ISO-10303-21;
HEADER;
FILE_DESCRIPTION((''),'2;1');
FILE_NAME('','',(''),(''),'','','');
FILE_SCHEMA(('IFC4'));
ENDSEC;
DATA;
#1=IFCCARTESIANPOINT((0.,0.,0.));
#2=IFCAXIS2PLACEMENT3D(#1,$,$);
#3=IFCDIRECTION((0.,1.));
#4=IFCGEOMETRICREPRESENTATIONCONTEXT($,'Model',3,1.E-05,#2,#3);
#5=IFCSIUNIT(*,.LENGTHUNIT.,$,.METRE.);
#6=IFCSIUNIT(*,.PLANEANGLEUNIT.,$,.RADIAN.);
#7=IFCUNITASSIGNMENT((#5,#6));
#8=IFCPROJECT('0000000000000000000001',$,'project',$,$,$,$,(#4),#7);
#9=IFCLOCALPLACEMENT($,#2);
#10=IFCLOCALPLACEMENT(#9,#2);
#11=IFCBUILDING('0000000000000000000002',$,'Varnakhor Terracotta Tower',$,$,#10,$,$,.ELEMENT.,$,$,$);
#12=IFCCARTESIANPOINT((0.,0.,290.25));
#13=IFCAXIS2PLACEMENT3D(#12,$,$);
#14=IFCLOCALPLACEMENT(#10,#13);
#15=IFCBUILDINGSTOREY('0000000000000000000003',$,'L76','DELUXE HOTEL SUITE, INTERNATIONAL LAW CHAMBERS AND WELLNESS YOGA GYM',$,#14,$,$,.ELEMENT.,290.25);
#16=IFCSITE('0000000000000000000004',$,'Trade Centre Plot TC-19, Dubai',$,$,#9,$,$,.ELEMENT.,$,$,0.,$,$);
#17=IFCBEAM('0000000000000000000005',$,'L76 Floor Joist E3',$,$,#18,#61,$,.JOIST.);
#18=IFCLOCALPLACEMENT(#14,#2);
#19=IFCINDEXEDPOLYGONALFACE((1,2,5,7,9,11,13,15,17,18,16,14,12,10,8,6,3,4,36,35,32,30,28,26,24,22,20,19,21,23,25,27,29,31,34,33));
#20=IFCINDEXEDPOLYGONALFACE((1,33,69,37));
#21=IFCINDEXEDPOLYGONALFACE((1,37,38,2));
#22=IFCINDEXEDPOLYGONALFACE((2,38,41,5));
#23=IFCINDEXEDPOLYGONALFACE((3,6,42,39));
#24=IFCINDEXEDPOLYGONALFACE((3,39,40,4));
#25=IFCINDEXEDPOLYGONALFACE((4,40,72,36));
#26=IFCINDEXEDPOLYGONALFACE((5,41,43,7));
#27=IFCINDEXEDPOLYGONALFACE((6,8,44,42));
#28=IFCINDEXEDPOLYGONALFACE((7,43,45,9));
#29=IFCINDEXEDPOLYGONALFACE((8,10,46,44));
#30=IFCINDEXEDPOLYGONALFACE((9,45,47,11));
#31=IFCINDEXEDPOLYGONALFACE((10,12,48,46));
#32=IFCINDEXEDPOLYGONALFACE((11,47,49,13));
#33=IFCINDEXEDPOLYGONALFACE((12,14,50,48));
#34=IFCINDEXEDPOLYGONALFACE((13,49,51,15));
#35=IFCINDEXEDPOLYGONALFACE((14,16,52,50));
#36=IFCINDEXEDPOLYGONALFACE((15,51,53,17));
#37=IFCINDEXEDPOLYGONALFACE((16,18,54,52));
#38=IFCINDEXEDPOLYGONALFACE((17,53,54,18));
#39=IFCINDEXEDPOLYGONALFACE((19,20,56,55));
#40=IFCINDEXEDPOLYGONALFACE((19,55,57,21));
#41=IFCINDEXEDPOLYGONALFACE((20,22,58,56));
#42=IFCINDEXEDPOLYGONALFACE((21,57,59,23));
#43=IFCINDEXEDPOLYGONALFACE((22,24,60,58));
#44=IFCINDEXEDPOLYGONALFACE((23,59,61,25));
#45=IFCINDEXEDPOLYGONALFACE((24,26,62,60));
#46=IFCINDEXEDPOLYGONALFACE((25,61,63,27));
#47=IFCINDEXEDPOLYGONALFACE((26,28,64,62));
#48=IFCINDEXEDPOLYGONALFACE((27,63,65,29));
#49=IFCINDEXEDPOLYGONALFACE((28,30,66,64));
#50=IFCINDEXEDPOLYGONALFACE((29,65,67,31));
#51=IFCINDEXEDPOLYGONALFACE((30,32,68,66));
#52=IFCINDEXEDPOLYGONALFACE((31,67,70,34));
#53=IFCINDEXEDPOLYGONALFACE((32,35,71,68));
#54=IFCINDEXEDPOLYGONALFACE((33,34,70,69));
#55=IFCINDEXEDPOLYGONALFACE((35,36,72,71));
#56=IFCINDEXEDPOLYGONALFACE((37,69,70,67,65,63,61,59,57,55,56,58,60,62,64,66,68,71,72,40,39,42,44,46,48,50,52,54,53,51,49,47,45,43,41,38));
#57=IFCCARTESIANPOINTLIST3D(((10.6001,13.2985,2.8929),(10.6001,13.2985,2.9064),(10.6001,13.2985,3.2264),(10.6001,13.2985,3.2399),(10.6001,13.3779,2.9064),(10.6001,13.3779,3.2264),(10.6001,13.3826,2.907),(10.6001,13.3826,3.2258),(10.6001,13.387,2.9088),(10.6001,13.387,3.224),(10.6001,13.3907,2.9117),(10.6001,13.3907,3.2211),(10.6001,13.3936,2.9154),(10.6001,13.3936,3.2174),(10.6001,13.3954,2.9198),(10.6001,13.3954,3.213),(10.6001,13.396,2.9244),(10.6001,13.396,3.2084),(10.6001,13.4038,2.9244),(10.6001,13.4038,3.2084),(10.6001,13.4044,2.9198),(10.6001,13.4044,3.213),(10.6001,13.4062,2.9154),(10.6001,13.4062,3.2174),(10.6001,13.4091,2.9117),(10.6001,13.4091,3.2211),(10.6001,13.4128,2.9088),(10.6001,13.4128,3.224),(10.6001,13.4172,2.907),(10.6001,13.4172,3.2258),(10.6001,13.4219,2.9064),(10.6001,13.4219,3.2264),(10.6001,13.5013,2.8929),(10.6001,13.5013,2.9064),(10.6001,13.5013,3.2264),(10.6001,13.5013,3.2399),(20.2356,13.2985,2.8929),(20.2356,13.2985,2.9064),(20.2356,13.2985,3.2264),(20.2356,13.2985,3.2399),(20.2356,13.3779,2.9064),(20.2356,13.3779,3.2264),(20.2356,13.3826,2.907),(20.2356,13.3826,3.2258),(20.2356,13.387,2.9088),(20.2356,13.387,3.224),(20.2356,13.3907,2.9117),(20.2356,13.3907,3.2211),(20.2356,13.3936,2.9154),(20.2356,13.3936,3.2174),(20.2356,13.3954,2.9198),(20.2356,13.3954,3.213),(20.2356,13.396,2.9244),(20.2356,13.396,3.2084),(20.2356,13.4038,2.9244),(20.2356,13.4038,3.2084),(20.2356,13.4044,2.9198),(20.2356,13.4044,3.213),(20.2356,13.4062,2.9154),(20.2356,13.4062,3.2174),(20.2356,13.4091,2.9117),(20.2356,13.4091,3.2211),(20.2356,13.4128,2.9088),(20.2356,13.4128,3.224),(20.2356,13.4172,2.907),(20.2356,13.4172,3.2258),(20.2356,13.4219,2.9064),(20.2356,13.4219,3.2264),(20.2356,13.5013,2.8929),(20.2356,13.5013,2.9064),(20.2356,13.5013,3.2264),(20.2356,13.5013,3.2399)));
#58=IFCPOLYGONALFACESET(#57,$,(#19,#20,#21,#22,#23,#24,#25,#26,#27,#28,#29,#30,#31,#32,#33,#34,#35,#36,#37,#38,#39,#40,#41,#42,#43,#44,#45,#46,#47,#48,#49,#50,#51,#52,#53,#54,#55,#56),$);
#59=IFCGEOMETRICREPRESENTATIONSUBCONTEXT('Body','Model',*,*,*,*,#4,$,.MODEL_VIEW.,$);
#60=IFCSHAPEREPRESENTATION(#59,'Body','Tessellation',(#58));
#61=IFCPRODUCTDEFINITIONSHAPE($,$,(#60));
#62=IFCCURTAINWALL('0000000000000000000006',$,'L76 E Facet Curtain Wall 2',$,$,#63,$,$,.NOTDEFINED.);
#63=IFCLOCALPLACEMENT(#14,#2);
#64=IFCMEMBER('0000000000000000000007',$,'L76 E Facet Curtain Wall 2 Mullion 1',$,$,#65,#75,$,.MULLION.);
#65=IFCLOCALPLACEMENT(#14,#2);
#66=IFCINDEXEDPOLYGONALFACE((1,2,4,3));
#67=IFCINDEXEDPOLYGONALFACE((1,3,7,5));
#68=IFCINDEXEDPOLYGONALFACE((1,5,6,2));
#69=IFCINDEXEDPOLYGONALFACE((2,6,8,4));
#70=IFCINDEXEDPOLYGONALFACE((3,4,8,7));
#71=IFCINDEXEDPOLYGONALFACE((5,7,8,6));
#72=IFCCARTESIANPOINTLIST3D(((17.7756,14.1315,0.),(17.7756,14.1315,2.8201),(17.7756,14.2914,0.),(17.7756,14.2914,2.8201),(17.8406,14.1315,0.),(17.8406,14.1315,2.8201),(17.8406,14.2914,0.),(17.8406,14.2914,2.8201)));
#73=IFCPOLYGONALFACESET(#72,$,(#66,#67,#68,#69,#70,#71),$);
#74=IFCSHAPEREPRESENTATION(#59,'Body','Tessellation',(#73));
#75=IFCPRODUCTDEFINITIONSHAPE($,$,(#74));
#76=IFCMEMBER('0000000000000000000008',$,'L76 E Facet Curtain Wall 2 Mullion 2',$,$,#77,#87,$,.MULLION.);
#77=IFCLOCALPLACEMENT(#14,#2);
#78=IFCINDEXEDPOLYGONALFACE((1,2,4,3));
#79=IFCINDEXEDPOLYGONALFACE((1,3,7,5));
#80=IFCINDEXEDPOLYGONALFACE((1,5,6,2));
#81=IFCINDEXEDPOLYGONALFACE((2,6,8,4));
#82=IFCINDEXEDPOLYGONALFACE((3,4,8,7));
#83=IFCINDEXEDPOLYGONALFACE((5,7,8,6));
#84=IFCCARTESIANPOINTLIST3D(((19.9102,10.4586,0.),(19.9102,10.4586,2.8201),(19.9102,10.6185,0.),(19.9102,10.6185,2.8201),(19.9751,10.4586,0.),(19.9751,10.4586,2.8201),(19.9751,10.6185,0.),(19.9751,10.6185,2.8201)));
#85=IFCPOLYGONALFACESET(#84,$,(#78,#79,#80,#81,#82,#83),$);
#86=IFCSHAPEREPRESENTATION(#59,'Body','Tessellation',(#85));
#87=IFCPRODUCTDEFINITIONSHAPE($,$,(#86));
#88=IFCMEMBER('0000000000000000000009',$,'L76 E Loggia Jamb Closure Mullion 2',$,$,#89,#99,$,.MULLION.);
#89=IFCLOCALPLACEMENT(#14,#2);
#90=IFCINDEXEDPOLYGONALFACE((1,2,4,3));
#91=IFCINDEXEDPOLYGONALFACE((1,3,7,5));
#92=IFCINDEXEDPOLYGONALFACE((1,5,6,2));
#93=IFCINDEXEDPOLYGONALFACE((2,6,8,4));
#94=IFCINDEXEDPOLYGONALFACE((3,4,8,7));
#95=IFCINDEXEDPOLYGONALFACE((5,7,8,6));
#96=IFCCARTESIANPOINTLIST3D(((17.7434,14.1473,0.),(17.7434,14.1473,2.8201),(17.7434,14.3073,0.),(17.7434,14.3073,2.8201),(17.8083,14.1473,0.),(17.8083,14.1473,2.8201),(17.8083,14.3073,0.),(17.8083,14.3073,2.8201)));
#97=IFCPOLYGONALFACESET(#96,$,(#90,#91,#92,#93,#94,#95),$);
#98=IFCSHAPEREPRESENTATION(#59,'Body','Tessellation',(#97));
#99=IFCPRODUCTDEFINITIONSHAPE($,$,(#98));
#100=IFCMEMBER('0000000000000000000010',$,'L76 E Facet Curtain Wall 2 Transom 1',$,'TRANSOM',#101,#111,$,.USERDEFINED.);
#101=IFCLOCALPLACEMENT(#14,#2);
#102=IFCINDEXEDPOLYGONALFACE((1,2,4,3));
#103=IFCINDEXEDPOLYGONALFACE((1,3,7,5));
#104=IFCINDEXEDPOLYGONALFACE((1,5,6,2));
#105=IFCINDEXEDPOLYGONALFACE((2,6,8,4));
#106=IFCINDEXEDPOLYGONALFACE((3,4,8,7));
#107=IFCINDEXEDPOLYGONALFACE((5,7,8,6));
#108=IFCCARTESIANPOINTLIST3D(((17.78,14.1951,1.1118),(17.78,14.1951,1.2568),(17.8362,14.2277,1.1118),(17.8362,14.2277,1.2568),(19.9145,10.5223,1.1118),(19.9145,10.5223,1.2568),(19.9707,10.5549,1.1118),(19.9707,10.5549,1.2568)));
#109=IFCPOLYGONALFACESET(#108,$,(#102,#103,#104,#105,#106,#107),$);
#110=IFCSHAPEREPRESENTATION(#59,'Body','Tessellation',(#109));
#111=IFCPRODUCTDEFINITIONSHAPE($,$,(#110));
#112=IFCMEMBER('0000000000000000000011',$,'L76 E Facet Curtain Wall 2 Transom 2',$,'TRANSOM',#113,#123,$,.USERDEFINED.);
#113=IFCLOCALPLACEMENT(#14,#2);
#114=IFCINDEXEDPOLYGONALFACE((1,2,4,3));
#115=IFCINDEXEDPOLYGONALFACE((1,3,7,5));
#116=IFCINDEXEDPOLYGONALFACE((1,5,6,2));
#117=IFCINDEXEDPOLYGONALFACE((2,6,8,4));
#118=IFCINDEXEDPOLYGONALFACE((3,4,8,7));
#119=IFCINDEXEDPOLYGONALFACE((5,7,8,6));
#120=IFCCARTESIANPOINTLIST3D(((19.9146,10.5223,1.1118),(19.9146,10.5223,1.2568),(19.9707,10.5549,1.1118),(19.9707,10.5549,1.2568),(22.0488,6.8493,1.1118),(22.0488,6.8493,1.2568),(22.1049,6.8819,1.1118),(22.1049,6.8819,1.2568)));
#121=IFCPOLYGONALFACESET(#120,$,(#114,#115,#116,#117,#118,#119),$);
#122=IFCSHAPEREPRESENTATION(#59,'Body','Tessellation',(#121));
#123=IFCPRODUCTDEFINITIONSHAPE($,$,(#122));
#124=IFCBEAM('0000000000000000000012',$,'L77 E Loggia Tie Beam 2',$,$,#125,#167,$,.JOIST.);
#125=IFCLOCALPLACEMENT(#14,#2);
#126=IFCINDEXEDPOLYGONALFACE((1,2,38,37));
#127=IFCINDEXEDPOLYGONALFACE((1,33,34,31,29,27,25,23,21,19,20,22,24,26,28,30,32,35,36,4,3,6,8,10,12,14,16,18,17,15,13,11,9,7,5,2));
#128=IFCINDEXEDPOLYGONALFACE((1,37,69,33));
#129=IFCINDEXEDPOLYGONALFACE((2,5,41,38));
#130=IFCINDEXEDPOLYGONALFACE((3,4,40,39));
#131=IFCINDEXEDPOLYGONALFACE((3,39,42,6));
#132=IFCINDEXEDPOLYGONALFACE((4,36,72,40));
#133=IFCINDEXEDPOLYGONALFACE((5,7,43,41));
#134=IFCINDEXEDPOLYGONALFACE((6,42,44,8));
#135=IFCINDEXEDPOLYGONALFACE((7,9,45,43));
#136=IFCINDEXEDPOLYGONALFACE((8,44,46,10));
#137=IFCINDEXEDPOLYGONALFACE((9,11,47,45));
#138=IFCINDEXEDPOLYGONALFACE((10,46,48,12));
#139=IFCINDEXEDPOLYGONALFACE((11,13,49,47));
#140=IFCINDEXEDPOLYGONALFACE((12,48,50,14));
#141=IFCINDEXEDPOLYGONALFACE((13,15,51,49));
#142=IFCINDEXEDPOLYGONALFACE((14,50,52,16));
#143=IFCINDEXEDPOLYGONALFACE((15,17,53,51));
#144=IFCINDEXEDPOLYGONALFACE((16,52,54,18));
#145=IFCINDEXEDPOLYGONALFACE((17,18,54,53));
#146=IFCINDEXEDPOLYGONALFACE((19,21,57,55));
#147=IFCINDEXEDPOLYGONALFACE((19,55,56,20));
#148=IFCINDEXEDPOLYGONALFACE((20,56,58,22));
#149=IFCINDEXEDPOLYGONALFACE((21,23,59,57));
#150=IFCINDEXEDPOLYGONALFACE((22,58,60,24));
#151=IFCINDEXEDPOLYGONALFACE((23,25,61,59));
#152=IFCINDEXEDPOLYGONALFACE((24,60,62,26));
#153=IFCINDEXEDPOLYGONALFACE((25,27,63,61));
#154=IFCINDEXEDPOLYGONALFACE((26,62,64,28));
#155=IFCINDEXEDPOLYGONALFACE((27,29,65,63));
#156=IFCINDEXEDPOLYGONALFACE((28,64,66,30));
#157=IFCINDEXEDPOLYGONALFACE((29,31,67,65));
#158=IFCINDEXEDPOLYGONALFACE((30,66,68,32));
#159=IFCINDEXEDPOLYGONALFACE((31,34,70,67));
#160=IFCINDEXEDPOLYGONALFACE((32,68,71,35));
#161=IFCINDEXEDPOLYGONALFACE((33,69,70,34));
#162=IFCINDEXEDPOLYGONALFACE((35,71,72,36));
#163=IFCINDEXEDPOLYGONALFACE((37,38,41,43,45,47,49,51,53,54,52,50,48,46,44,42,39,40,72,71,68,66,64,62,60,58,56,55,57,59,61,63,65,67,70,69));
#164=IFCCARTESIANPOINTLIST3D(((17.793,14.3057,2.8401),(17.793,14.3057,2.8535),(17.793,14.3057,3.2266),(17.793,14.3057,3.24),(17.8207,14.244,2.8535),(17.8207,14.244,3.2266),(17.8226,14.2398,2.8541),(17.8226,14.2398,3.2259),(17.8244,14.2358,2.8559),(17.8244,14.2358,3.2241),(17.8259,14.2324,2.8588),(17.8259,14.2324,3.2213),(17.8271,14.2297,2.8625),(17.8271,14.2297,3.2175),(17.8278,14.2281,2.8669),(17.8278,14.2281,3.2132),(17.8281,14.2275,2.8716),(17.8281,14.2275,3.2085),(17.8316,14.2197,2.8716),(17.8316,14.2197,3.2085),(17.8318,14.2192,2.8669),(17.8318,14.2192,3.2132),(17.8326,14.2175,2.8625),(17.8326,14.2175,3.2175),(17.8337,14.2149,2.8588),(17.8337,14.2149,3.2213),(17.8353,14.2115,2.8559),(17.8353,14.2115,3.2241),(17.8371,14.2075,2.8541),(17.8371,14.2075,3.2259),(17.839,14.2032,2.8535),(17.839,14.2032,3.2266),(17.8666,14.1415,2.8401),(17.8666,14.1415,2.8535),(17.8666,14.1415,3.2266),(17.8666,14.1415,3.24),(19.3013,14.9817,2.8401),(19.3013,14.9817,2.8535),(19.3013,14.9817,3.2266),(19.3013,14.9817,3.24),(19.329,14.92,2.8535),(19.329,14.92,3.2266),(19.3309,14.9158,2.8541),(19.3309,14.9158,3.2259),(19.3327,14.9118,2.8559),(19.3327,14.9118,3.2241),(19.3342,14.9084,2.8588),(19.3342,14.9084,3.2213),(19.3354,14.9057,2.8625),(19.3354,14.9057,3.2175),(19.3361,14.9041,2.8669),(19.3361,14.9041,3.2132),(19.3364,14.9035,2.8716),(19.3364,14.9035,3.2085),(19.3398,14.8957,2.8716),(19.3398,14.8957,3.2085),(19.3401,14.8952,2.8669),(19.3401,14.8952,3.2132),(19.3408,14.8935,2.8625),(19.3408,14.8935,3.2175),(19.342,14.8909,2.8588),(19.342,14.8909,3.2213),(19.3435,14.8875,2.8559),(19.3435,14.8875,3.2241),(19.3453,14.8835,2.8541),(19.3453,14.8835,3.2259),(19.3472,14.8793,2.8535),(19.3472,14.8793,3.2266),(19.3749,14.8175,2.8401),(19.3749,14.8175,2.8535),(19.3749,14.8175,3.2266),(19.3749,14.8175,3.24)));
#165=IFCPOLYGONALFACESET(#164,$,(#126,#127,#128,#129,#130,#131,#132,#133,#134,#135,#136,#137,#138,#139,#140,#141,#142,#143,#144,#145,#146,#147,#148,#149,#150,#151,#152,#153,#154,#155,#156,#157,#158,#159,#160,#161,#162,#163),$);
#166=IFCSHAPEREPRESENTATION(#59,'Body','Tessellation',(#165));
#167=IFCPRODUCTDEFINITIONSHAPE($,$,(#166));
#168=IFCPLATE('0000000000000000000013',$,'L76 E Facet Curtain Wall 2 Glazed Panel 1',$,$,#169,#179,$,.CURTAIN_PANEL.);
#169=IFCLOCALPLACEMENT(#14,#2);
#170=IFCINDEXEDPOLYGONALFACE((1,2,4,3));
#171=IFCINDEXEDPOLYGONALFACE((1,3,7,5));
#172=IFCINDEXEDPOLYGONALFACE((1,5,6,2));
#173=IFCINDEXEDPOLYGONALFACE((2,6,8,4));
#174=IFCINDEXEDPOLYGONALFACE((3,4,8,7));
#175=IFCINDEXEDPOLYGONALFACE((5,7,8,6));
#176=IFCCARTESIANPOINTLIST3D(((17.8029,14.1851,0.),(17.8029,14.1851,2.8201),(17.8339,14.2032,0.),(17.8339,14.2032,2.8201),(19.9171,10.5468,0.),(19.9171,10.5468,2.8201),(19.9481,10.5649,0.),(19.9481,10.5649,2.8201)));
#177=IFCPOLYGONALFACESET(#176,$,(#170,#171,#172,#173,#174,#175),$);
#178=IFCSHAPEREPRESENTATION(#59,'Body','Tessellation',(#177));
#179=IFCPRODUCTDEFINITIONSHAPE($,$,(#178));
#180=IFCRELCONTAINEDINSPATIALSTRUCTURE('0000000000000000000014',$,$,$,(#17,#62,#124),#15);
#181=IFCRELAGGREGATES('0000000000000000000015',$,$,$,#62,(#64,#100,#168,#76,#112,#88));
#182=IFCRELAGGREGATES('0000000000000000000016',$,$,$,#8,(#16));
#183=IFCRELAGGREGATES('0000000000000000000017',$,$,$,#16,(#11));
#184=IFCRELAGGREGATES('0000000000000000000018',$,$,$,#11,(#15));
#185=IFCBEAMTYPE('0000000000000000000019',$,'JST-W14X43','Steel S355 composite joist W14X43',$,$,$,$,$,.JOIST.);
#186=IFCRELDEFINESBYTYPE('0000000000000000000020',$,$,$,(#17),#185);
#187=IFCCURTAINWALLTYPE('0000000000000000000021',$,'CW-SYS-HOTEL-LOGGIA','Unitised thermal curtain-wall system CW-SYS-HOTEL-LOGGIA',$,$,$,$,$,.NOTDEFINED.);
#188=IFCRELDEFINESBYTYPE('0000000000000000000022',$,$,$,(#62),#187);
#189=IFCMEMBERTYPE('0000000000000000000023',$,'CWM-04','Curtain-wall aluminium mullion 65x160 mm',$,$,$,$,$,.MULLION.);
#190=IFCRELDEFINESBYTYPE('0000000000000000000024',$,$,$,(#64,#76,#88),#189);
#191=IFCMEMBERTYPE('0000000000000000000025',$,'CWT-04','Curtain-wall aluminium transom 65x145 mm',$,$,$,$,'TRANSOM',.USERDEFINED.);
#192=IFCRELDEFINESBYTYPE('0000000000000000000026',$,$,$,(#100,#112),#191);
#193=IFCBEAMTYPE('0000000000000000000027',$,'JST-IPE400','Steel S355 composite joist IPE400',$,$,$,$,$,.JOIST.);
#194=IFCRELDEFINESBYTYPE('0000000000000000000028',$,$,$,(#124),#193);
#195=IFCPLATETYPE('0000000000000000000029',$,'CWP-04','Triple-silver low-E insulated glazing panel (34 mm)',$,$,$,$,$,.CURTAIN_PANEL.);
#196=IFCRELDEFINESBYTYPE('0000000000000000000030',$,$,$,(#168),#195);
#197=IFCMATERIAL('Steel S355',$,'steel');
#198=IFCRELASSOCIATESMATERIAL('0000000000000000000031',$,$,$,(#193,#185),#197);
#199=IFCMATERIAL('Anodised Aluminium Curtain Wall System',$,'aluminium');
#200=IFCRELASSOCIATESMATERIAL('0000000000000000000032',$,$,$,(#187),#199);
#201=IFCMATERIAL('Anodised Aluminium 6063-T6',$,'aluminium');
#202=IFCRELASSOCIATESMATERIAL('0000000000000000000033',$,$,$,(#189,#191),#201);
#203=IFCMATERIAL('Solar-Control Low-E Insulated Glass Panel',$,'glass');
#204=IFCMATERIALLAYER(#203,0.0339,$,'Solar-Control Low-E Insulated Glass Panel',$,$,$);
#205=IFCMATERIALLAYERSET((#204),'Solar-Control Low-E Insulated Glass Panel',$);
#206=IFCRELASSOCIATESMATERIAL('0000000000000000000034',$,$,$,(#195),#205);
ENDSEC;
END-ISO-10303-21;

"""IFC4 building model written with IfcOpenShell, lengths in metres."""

from ifc_helpers import new_model, si_unit, direction, frame, origin, origin_2d, place, context, subcontext, project, spatial, rectangle, i_section, extrude, source, transform, mapped, material, layer, layer_set, material_profile, profile_set, type_object, type_shapes, element, aggregate, save


model = new_model("IFC4")

# Units and contexts
model_context = context("Model", 3, precision=1e-05, world=origin(), true_north=direction((0.0, 1.0)))
body_context = subcontext(model_context, "Body", "Model", "MODEL_VIEW")
ifc_project = project(units=[si_unit("LENGTHUNIT", "METRE"), si_unit("PLANEANGLEUNIT", "RADIAN")], contexts=[model_context])

# Site, building, storey
site_placement = place(None, origin())
site = spatial("IfcSite", under=ifc_project, at=site_placement, Name="Trade Centre Plot TC-19, Dubai", CompositionType="ELEMENT", RefElevation=0.0)
building_placement = place(site_placement, origin())
building = spatial("IfcBuilding", under=site, at=building_placement, Name="Varnakhor Terracotta Tower", CompositionType="ELEMENT")
storey_placement = place(building_placement, frame((0.0, 0.0, 290.25)))
storey = spatial("IfcBuildingStorey", under=building, at=storey_placement, Name="L76", Description="DELUXE HOTEL SUITE, INTERNATIONAL LAW CHAMBERS AND WELLNESS YOGA GYM", CompositionType="ELEMENT", Elevation=290.25)

# Beam
ifc_material_1 = material(Name="Steel S355", Category="steel")
ifc_material_profile_1 = material_profile(ifc_material_1, i_section(OverallWidth=0.1799, OverallDepth=0.3999, WebThickness=0.0085, FlangeThickness=0.0134, FilletRadius=0.0181, at=origin_2d()), Name="IPE400")
ifc_profile_set_1 = profile_set([ifc_material_profile_1], Name="Steel S355")
beam_type_1 = type_object("IfcBeamType", Name="JST-IPE400", Description="Steel S355 composite joist IPE400", PredefinedType="JOIST", material=ifc_profile_set_1)
ifc_material_profile_2 = material_profile(ifc_material_1, i_section(OverallWidth=0.2029, OverallDepth=0.3469, WebThickness=0.0078, FlangeThickness=0.0134, FilletRadius=0.0181, at=origin_2d()), Name="W14X43")
ifc_profile_set_2 = profile_set([ifc_material_profile_2], Name="Steel S355")
beam_type_2 = type_object("IfcBeamType", Name="JST-W14X43", Description="Steel S355 composite joist W14X43", PredefinedType="JOIST", material=ifc_profile_set_2)
shared_shape_1 = source(origin(), body_context, "Body", "SweptSolid", [
    extrude(i_section(OverallWidth=0.2029, OverallDepth=0.3469, WebThickness=0.0078, FlangeThickness=0.0134, FilletRadius=0.0181, at=origin_2d()), origin(), (0.0, 0.0, 1.0), 9.6355),
])
beam_1_placement = place(storey_placement, frame((10.6001, 13.3999, 3.0664), z_axis=(1.0, 0.0, 0.0), x_axis=(0.0, 1.0, 0.0)))
element("IfcBeam", 1, at=beam_1_placement, inside=storey, type_object=beam_type_2, Name="L76 Floor Joist E3", PredefinedType="JOIST", context=body_context, shape_type="MappedRepresentation", body=[
    mapped(shared_shape_1, transform((0.0, 0.0, 0.0), scale=1.0)),
])

# Curtain wall, members
ifc_material_2 = material(Name="Anodised Aluminium Curtain Wall System", Category="aluminium")
curtain_wall_type = type_object("IfcCurtainWallType", Name="CW-SYS-HOTEL-LOGGIA", Description="Unitised thermal curtain-wall system CW-SYS-HOTEL-LOGGIA", PredefinedType="NOTDEFINED", material=ifc_material_2)
curtain_wall_placement = place(storey_placement, origin())
curtain_wall = element("IfcCurtainWall", 2, at=curtain_wall_placement, inside=storey, type_object=curtain_wall_type, Name="L76 E Facet Curtain Wall 2", PredefinedType="NOTDEFINED")
ifc_material_3 = material(Name="Anodised Aluminium 6063-T6", Category="aluminium")
ifc_material_profile_3 = material_profile(ifc_material_3, rectangle(XDim=0.0649, YDim=0.1599, at=origin_2d()), Name="ALU MULLION 65x160")
ifc_profile_set_3 = profile_set([ifc_material_profile_3], Name="Anodised Aluminium 6063-T6")
member_type_1 = type_object("IfcMemberType", Name="CWM-04", Description="Curtain-wall aluminium mullion 65x160 mm", PredefinedType="MULLION", material=ifc_profile_set_3)
shared_shape_2 = source(origin(), body_context, "Body", "SweptSolid", [
    extrude(rectangle(XDim=0.0649, YDim=0.1599, at=origin_2d()), origin(), (0.0, 0.0, 1.0), 2.8201),
])
type_shapes(member_type_1, [shared_shape_2])
member_1_placement = place(storey_placement, frame((17.8081, 14.2114, 0.0), z_axis=(0.0, 0.0, 1.0), x_axis=(1.0, 0.0, 0.0)))
member_1 = element("IfcMember", 3, at=member_1_placement, type_object=member_type_1, Name="L76 E Facet Curtain Wall 2 Mullion 1", PredefinedType="MULLION", context=body_context, shape_type="MappedRepresentation", body=[
    mapped(shared_shape_2, transform((0.0, 0.0, 0.0), scale=1.0)),
])
member_2_placement = place(storey_placement, frame((19.9426, 10.5386, 0.0), z_axis=(0.0, 0.0, 1.0), x_axis=(1.0, 0.0, 0.0)))
member_2 = element("IfcMember", 4, at=member_2_placement, type_object=member_type_1, Name="L76 E Facet Curtain Wall 2 Mullion 2", PredefinedType="MULLION", context=body_context, shape_type="MappedRepresentation", body=[
    mapped(shared_shape_2, transform((0.0, 0.0, 0.0), scale=1.0)),
])
member_3_placement = place(storey_placement, frame((17.7759, 14.2273, 0.0), z_axis=(0.0, 0.0, 1.0), x_axis=(1.0, 0.0, 0.0)))
member_3 = element("IfcMember", 5, at=member_3_placement, type_object=member_type_1, Name="L76 E Loggia Jamb Closure Mullion 2", PredefinedType="MULLION", context=body_context, shape_type="MappedRepresentation", body=[
    mapped(shared_shape_2, transform((0.0, 0.0, 0.0), scale=1.0)),
])
ifc_material_profile_4 = material_profile(ifc_material_3, rectangle(XDim=0.0649, YDim=0.145, at=origin_2d()), Name="ALU TRANSOM 65x145")
ifc_profile_set_4 = profile_set([ifc_material_profile_4], Name="Anodised Aluminium 6063-T6")
member_type_2 = type_object("IfcMemberType", Name="CWT-04", Description="Curtain-wall aluminium transom 65x145 mm", ElementType="TRANSOM", PredefinedType="USERDEFINED", material=ifc_profile_set_4)
shared_shape_3 = source(origin(), body_context, "Body", "SweptSolid", [
    extrude(rectangle(XDim=0.0649, YDim=0.145, at=origin_2d()), origin(), (0.0, 0.0, 1.0), 4.248),
])
member_4_placement = place(storey_placement, frame((17.8081, 14.2114, 1.1843), z_axis=(0.50247, -0.864595, 0.0), x_axis=(0.864595, 0.50247, 0.0)))
member_4 = element("IfcMember", 6, at=member_4_placement, type_object=member_type_2, Name="L76 E Facet Curtain Wall 2 Transom 1", ObjectType="TRANSOM", PredefinedType="USERDEFINED", context=body_context, shape_type="MappedRepresentation", body=[
    mapped(shared_shape_3, transform((0.0, 0.0, 0.0), scale=1.0)),
])
member_5_placement = place(storey_placement, frame((19.9426, 10.5386, 1.1843), z_axis=(0.502402, -0.864634, 0.0), x_axis=(0.864634, 0.502402, 0.0)))
member_5 = element("IfcMember", 7, at=member_5_placement, type_object=member_type_2, Name="L76 E Facet Curtain Wall 2 Transom 2", ObjectType="TRANSOM", PredefinedType="USERDEFINED", context=body_context, shape_type="MappedRepresentation", body=[
    mapped(shared_shape_3, transform((0.0, 0.0, 0.0), scale=1.0)),
])

# Beam
shared_shape_4 = source(origin(), body_context, "Body", "SweptSolid", [
    extrude(i_section(OverallWidth=0.1799, OverallDepth=0.3999, WebThickness=0.0085, FlangeThickness=0.0134, FilletRadius=0.0181, at=origin_2d()), origin(), (0.0, 0.0, 1.0), 1.6528),
])
beam_2_placement = place(storey_placement, frame((17.8298, 14.2236, 3.04), z_axis=(0.912534, 0.409001, 0.0), x_axis=(-0.409001, 0.912534, 0.0)))
element("IfcBeam", 8, at=beam_2_placement, inside=storey, type_object=beam_type_1, Name="L77 E Loggia Tie Beam 2", PredefinedType="JOIST", context=body_context, shape_type="MappedRepresentation", body=[
    mapped(shared_shape_4, transform((0.0, 0.0, 0.0), scale=1.0)),
])

# Plate
ifc_material_4 = material(Name="Solar-Control Low-E Insulated Glass Panel", Category="glass")
ifc_layer_1 = layer(ifc_material_4, 0.0339, Name="Solar-Control Low-E Insulated Glass Panel")
ifc_layer_set_1 = layer_set([ifc_layer_1], Name="Solar-Control Low-E Insulated Glass Panel")
plate_type = type_object("IfcPlateType", Name="CWP-04", Description="Triple-silver low-E insulated glazing panel (34 mm)", PredefinedType="CURTAIN_PANEL", material=ifc_layer_set_1)
shared_shape_5 = source(origin(), body_context, "Body", "SweptSolid", [
    extrude(rectangle(XDim=4.208, YDim=0.0359, at=origin_2d()), origin(), (0.0, 0.0, 1.0), 2.8201),
])
plate_1_placement = place(storey_placement, frame((18.8755, 12.375, 0.0), z_axis=(0.0, 0.0, 1.0), x_axis=(0.502432, -0.864617, 0.0)))
plate_1 = element("IfcPlate", 9, at=plate_1_placement, type_object=plate_type, Name="L76 E Facet Curtain Wall 2 Glazed Panel 1", PredefinedType="CURTAIN_PANEL", context=body_context, shape_type="MappedRepresentation", body=[
    mapped(shared_shape_5, transform((0.0, 0.0, 0.0), scale=1.0)),
])
aggregate(curtain_wall, [member_1, member_4, plate_1, member_2, member_5, member_3])

save(model, "model.ifc")
